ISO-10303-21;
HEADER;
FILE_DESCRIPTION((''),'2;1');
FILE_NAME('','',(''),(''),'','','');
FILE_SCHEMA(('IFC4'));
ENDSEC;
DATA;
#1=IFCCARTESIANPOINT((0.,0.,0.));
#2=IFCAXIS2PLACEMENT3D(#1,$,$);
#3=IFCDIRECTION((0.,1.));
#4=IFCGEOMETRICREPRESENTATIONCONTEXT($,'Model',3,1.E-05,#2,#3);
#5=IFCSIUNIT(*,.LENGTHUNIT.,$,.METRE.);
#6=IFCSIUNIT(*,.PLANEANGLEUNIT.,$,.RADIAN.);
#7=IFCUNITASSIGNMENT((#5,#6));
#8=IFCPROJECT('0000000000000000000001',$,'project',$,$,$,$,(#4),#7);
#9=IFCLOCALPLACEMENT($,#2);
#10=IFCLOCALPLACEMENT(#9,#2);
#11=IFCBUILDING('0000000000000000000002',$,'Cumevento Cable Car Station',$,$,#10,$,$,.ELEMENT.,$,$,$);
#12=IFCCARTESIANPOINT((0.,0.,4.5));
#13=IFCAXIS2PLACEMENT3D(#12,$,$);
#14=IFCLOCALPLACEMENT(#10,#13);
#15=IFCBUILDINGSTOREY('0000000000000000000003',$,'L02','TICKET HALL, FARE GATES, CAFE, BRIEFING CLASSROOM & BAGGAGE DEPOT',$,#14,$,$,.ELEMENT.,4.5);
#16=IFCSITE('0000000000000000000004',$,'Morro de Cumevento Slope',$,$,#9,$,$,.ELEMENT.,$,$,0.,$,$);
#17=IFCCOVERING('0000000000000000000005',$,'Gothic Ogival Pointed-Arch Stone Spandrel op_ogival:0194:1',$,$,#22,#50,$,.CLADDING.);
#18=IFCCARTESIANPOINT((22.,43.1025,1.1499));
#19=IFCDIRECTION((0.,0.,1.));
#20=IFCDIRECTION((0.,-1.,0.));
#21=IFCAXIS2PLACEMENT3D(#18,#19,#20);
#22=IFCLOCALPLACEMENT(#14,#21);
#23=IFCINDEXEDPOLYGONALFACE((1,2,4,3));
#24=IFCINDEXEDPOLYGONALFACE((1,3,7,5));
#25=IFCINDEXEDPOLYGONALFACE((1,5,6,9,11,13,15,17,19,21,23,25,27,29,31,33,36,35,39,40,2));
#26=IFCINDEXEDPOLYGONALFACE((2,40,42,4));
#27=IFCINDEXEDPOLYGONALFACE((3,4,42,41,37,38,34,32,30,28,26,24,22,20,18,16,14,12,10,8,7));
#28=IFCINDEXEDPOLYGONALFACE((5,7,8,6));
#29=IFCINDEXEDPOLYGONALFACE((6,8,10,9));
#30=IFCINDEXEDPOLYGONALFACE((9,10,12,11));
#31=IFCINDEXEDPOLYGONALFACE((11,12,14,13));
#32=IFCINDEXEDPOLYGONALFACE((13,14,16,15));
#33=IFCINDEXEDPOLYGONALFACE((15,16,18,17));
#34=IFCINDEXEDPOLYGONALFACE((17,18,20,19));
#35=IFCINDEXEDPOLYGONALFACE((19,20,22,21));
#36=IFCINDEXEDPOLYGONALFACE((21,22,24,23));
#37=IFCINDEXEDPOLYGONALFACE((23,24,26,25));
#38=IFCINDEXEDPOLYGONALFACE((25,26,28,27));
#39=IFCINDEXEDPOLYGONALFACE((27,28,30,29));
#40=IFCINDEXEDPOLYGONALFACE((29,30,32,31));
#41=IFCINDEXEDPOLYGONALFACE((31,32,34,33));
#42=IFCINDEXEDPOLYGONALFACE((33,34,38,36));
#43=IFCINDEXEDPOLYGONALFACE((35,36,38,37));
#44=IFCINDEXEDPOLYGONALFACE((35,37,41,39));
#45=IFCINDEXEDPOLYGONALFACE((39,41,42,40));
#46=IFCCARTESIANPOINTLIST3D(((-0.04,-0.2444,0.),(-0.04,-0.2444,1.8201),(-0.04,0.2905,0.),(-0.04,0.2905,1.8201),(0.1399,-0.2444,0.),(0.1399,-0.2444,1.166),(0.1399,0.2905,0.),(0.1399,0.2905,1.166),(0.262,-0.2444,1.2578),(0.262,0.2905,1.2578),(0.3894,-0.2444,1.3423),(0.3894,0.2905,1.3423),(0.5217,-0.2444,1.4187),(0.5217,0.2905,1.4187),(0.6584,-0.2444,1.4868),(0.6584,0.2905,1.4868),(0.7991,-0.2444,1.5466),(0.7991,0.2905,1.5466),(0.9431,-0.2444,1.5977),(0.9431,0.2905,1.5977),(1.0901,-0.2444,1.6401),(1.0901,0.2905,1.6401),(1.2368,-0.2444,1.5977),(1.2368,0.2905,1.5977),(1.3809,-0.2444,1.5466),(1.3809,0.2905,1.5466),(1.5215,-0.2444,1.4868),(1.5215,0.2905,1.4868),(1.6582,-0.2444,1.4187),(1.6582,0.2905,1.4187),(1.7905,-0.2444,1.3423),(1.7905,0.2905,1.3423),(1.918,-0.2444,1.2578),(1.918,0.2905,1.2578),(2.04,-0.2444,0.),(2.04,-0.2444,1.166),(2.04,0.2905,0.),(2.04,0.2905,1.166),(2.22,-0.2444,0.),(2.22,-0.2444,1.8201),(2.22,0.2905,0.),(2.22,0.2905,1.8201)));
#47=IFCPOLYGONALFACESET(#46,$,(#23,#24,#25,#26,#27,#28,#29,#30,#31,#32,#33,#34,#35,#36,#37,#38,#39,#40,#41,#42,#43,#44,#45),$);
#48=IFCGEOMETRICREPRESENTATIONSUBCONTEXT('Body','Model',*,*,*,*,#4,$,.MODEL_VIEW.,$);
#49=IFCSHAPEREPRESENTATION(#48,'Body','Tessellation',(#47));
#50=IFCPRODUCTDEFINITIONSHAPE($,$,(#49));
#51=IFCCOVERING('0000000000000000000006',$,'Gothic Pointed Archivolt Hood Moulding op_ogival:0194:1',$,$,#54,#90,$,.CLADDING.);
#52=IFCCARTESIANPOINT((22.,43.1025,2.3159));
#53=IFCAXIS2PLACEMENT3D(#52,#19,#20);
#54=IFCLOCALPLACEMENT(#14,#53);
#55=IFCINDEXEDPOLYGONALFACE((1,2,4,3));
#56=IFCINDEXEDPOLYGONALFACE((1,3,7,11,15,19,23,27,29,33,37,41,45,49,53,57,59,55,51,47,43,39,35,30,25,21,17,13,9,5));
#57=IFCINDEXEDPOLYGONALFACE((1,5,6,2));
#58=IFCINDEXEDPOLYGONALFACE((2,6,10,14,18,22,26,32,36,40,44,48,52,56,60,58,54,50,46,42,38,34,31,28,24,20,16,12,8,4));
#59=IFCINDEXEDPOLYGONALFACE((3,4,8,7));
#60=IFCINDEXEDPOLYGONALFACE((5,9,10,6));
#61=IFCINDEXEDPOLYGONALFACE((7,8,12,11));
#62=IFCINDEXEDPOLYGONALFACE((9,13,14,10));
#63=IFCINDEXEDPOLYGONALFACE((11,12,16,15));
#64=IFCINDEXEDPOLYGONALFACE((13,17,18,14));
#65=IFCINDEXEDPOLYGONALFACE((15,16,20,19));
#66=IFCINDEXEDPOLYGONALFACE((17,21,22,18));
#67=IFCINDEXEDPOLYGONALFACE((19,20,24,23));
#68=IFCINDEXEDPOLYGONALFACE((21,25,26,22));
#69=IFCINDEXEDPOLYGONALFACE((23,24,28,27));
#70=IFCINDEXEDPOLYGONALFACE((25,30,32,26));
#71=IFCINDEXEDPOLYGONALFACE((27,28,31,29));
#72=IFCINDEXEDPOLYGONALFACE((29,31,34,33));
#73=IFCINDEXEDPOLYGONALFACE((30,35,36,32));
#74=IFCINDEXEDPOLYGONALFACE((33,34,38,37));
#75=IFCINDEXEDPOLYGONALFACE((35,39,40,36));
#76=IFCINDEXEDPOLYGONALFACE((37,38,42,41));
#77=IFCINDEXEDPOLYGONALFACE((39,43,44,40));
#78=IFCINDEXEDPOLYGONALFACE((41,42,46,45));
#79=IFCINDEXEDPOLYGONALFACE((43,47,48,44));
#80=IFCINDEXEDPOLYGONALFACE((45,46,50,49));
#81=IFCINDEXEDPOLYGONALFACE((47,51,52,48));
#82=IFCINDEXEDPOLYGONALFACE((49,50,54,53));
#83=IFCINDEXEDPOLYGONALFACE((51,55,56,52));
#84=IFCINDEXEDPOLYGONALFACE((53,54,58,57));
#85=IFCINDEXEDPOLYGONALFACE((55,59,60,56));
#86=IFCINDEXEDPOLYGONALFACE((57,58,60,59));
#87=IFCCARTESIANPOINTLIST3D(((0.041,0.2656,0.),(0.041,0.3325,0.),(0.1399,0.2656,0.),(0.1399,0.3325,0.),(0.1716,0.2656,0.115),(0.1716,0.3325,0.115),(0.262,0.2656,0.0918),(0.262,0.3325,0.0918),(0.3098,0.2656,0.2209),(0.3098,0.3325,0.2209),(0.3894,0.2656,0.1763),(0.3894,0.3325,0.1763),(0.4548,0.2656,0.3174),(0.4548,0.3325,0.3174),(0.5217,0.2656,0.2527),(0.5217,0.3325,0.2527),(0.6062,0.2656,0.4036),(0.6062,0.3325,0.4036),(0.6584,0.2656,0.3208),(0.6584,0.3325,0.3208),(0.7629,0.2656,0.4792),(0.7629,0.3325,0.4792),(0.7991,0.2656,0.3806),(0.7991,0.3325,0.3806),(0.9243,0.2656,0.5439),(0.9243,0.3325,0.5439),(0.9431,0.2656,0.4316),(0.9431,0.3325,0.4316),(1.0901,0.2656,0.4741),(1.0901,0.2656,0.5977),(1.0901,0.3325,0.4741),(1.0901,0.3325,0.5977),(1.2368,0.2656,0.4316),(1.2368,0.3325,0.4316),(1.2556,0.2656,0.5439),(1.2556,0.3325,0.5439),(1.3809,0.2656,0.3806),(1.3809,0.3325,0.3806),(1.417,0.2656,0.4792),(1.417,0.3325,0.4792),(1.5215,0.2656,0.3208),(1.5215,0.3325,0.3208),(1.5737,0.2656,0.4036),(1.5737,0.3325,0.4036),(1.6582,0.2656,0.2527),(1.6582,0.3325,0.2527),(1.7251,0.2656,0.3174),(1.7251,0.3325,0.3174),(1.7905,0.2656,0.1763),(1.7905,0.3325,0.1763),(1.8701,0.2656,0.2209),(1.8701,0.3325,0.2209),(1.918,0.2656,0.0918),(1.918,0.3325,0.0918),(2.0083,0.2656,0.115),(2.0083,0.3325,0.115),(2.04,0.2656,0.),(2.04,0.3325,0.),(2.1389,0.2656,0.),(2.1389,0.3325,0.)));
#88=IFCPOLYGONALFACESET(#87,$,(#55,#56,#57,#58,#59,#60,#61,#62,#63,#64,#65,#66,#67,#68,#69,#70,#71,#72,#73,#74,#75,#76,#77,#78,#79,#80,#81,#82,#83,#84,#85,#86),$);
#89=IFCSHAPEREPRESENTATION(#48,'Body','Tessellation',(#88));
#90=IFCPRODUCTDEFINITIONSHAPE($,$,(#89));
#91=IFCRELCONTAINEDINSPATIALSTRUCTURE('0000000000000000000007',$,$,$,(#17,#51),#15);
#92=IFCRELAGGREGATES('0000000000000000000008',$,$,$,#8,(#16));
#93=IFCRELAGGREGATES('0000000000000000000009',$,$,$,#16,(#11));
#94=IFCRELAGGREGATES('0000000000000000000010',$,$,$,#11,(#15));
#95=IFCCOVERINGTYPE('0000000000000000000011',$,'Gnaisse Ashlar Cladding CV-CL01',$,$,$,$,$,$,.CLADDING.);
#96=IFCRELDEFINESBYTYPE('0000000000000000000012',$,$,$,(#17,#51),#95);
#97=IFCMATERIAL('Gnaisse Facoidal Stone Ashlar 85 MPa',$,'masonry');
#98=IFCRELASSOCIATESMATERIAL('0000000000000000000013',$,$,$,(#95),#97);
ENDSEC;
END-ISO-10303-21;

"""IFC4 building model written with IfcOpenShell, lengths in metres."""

from ifc_helpers import new_model, si_unit, direction, frame, origin, place, context, subcontext, project, spatial, polyline, outline, extrude, material, type_object, element, save


model = new_model("IFC4")

# Units and contexts
model_context = context("Model", 3, precision=1e-05, world=origin(), true_north=direction((0.0, 1.0)))
body_context = subcontext(model_context, "Body", "Model", "MODEL_VIEW")
ifc_project = project(units=[si_unit("LENGTHUNIT", "METRE"), si_unit("PLANEANGLEUNIT", "RADIAN")], contexts=[model_context])

# Site, building, storey
site_placement = place(None, origin())
site = spatial("IfcSite", under=ifc_project, at=site_placement, Name="Morro de Cumevento Slope", CompositionType="ELEMENT", RefElevation=0.0)
building_placement = place(site_placement, origin())
building = spatial("IfcBuilding", under=site, at=building_placement, Name="Cumevento Cable Car Station", CompositionType="ELEMENT")
storey_placement = place(building_placement, frame((0.0, 0.0, 4.5)))
storey = spatial("IfcBuildingStorey", under=building, at=storey_placement, Name="L02", Description="TICKET HALL, FARE GATES, CAFE, BRIEFING CLASSROOM & BAGGAGE DEPOT", CompositionType="ELEMENT", Elevation=4.5)

# Coverings
ifc_material_1 = material(Name="Gnaisse Facoidal Stone Ashlar 85 MPa", Category="masonry")
covering_type = type_object("IfcCoveringType", Name="Gnaisse Ashlar Cladding CV-CL01", PredefinedType="CLADDING", material=ifc_material_1)
covering_1_placement = place(storey_placement, frame((22.0, 43.1025, 1.1499), z_axis=(0.0, 0.0, 1.0), x_axis=(0.0, -1.0, 0.0)))
element("IfcCovering", 1, at=covering_1_placement, inside=storey, type_object=covering_type, Name="Gothic Ogival Pointed-Arch Stone Spandrel op_ogival:0194:1", PredefinedType="CLADDING", context=body_context, shape_type="SweptSolid", body=[
    extrude(outline(polyline([(-0.04, 0.0), (-0.04, 1.8201), (2.22, 1.8201), (2.22, 0.0), (2.04, 0.0), (2.04, 1.166), (1.918, 1.2578), (1.7905, 1.3423), (1.6582, 1.4187), (1.5215, 1.4868), (1.3809, 1.5466), (1.2368, 1.5977), (1.0901, 1.6401), (0.9431, 1.5977), (0.7991, 1.5466), (0.6584, 1.4868), (0.5217, 1.4187), (0.3894, 1.3423), (0.262, 1.2578), (0.1399, 1.166), (0.1399, 0.0), (-0.04, 0.0)])), frame((0.0, 0.2905, 0.0), z_axis=(0.0, -1.0, 0.0), x_axis=(1.0, 0.0, 0.0)), (0.0, 0.0, 1.0), 0.5349),
])
covering_2_placement = place(storey_placement, frame((22.0, 43.1025, 2.3159), z_axis=(0.0, 0.0, 1.0), x_axis=(0.0, -1.0, 0.0)))
element("IfcCovering", 2, at=covering_2_placement, inside=storey, type_object=covering_type, Name="Gothic Pointed Archivolt Hood Moulding op_ogival:0194:1", PredefinedType="CLADDING", context=body_context, shape_type="SweptSolid", body=[
    extrude(outline(polyline([(0.1399, 0.0), (0.262, 0.0918), (0.3894, 0.1763), (0.5217, 0.2527), (0.6584, 0.3208), (0.7991, 0.3806), (0.9431, 0.4316), (1.0901, 0.4741), (1.2368, 0.4316), (1.3809, 0.3806), (1.5215, 0.3208), (1.6582, 0.2527), (1.7905, 0.1763), (1.918, 0.0918), (2.04, 0.0), (2.1389, 0.0), (2.0083, 0.115), (1.8701, 0.2209), (1.7251, 0.3174), (1.5737, 0.4036), (1.417, 0.4792), (1.2556, 0.5439), (1.0901, 0.5977), (0.9243, 0.5439), (0.7629, 0.4792), (0.6062, 0.4036), (0.4548, 0.3174), (0.3098, 0.2209), (0.1716, 0.115), (0.041, 0.0), (0.1399, 0.0)])), frame((0.0, 0.3325, 0.0), z_axis=(0.0, -1.0, 0.0), x_axis=(1.0, 0.0, 0.0)), (0.0, 0.0, 1.0), 0.0669),
])

save(model, "model.ifc")
